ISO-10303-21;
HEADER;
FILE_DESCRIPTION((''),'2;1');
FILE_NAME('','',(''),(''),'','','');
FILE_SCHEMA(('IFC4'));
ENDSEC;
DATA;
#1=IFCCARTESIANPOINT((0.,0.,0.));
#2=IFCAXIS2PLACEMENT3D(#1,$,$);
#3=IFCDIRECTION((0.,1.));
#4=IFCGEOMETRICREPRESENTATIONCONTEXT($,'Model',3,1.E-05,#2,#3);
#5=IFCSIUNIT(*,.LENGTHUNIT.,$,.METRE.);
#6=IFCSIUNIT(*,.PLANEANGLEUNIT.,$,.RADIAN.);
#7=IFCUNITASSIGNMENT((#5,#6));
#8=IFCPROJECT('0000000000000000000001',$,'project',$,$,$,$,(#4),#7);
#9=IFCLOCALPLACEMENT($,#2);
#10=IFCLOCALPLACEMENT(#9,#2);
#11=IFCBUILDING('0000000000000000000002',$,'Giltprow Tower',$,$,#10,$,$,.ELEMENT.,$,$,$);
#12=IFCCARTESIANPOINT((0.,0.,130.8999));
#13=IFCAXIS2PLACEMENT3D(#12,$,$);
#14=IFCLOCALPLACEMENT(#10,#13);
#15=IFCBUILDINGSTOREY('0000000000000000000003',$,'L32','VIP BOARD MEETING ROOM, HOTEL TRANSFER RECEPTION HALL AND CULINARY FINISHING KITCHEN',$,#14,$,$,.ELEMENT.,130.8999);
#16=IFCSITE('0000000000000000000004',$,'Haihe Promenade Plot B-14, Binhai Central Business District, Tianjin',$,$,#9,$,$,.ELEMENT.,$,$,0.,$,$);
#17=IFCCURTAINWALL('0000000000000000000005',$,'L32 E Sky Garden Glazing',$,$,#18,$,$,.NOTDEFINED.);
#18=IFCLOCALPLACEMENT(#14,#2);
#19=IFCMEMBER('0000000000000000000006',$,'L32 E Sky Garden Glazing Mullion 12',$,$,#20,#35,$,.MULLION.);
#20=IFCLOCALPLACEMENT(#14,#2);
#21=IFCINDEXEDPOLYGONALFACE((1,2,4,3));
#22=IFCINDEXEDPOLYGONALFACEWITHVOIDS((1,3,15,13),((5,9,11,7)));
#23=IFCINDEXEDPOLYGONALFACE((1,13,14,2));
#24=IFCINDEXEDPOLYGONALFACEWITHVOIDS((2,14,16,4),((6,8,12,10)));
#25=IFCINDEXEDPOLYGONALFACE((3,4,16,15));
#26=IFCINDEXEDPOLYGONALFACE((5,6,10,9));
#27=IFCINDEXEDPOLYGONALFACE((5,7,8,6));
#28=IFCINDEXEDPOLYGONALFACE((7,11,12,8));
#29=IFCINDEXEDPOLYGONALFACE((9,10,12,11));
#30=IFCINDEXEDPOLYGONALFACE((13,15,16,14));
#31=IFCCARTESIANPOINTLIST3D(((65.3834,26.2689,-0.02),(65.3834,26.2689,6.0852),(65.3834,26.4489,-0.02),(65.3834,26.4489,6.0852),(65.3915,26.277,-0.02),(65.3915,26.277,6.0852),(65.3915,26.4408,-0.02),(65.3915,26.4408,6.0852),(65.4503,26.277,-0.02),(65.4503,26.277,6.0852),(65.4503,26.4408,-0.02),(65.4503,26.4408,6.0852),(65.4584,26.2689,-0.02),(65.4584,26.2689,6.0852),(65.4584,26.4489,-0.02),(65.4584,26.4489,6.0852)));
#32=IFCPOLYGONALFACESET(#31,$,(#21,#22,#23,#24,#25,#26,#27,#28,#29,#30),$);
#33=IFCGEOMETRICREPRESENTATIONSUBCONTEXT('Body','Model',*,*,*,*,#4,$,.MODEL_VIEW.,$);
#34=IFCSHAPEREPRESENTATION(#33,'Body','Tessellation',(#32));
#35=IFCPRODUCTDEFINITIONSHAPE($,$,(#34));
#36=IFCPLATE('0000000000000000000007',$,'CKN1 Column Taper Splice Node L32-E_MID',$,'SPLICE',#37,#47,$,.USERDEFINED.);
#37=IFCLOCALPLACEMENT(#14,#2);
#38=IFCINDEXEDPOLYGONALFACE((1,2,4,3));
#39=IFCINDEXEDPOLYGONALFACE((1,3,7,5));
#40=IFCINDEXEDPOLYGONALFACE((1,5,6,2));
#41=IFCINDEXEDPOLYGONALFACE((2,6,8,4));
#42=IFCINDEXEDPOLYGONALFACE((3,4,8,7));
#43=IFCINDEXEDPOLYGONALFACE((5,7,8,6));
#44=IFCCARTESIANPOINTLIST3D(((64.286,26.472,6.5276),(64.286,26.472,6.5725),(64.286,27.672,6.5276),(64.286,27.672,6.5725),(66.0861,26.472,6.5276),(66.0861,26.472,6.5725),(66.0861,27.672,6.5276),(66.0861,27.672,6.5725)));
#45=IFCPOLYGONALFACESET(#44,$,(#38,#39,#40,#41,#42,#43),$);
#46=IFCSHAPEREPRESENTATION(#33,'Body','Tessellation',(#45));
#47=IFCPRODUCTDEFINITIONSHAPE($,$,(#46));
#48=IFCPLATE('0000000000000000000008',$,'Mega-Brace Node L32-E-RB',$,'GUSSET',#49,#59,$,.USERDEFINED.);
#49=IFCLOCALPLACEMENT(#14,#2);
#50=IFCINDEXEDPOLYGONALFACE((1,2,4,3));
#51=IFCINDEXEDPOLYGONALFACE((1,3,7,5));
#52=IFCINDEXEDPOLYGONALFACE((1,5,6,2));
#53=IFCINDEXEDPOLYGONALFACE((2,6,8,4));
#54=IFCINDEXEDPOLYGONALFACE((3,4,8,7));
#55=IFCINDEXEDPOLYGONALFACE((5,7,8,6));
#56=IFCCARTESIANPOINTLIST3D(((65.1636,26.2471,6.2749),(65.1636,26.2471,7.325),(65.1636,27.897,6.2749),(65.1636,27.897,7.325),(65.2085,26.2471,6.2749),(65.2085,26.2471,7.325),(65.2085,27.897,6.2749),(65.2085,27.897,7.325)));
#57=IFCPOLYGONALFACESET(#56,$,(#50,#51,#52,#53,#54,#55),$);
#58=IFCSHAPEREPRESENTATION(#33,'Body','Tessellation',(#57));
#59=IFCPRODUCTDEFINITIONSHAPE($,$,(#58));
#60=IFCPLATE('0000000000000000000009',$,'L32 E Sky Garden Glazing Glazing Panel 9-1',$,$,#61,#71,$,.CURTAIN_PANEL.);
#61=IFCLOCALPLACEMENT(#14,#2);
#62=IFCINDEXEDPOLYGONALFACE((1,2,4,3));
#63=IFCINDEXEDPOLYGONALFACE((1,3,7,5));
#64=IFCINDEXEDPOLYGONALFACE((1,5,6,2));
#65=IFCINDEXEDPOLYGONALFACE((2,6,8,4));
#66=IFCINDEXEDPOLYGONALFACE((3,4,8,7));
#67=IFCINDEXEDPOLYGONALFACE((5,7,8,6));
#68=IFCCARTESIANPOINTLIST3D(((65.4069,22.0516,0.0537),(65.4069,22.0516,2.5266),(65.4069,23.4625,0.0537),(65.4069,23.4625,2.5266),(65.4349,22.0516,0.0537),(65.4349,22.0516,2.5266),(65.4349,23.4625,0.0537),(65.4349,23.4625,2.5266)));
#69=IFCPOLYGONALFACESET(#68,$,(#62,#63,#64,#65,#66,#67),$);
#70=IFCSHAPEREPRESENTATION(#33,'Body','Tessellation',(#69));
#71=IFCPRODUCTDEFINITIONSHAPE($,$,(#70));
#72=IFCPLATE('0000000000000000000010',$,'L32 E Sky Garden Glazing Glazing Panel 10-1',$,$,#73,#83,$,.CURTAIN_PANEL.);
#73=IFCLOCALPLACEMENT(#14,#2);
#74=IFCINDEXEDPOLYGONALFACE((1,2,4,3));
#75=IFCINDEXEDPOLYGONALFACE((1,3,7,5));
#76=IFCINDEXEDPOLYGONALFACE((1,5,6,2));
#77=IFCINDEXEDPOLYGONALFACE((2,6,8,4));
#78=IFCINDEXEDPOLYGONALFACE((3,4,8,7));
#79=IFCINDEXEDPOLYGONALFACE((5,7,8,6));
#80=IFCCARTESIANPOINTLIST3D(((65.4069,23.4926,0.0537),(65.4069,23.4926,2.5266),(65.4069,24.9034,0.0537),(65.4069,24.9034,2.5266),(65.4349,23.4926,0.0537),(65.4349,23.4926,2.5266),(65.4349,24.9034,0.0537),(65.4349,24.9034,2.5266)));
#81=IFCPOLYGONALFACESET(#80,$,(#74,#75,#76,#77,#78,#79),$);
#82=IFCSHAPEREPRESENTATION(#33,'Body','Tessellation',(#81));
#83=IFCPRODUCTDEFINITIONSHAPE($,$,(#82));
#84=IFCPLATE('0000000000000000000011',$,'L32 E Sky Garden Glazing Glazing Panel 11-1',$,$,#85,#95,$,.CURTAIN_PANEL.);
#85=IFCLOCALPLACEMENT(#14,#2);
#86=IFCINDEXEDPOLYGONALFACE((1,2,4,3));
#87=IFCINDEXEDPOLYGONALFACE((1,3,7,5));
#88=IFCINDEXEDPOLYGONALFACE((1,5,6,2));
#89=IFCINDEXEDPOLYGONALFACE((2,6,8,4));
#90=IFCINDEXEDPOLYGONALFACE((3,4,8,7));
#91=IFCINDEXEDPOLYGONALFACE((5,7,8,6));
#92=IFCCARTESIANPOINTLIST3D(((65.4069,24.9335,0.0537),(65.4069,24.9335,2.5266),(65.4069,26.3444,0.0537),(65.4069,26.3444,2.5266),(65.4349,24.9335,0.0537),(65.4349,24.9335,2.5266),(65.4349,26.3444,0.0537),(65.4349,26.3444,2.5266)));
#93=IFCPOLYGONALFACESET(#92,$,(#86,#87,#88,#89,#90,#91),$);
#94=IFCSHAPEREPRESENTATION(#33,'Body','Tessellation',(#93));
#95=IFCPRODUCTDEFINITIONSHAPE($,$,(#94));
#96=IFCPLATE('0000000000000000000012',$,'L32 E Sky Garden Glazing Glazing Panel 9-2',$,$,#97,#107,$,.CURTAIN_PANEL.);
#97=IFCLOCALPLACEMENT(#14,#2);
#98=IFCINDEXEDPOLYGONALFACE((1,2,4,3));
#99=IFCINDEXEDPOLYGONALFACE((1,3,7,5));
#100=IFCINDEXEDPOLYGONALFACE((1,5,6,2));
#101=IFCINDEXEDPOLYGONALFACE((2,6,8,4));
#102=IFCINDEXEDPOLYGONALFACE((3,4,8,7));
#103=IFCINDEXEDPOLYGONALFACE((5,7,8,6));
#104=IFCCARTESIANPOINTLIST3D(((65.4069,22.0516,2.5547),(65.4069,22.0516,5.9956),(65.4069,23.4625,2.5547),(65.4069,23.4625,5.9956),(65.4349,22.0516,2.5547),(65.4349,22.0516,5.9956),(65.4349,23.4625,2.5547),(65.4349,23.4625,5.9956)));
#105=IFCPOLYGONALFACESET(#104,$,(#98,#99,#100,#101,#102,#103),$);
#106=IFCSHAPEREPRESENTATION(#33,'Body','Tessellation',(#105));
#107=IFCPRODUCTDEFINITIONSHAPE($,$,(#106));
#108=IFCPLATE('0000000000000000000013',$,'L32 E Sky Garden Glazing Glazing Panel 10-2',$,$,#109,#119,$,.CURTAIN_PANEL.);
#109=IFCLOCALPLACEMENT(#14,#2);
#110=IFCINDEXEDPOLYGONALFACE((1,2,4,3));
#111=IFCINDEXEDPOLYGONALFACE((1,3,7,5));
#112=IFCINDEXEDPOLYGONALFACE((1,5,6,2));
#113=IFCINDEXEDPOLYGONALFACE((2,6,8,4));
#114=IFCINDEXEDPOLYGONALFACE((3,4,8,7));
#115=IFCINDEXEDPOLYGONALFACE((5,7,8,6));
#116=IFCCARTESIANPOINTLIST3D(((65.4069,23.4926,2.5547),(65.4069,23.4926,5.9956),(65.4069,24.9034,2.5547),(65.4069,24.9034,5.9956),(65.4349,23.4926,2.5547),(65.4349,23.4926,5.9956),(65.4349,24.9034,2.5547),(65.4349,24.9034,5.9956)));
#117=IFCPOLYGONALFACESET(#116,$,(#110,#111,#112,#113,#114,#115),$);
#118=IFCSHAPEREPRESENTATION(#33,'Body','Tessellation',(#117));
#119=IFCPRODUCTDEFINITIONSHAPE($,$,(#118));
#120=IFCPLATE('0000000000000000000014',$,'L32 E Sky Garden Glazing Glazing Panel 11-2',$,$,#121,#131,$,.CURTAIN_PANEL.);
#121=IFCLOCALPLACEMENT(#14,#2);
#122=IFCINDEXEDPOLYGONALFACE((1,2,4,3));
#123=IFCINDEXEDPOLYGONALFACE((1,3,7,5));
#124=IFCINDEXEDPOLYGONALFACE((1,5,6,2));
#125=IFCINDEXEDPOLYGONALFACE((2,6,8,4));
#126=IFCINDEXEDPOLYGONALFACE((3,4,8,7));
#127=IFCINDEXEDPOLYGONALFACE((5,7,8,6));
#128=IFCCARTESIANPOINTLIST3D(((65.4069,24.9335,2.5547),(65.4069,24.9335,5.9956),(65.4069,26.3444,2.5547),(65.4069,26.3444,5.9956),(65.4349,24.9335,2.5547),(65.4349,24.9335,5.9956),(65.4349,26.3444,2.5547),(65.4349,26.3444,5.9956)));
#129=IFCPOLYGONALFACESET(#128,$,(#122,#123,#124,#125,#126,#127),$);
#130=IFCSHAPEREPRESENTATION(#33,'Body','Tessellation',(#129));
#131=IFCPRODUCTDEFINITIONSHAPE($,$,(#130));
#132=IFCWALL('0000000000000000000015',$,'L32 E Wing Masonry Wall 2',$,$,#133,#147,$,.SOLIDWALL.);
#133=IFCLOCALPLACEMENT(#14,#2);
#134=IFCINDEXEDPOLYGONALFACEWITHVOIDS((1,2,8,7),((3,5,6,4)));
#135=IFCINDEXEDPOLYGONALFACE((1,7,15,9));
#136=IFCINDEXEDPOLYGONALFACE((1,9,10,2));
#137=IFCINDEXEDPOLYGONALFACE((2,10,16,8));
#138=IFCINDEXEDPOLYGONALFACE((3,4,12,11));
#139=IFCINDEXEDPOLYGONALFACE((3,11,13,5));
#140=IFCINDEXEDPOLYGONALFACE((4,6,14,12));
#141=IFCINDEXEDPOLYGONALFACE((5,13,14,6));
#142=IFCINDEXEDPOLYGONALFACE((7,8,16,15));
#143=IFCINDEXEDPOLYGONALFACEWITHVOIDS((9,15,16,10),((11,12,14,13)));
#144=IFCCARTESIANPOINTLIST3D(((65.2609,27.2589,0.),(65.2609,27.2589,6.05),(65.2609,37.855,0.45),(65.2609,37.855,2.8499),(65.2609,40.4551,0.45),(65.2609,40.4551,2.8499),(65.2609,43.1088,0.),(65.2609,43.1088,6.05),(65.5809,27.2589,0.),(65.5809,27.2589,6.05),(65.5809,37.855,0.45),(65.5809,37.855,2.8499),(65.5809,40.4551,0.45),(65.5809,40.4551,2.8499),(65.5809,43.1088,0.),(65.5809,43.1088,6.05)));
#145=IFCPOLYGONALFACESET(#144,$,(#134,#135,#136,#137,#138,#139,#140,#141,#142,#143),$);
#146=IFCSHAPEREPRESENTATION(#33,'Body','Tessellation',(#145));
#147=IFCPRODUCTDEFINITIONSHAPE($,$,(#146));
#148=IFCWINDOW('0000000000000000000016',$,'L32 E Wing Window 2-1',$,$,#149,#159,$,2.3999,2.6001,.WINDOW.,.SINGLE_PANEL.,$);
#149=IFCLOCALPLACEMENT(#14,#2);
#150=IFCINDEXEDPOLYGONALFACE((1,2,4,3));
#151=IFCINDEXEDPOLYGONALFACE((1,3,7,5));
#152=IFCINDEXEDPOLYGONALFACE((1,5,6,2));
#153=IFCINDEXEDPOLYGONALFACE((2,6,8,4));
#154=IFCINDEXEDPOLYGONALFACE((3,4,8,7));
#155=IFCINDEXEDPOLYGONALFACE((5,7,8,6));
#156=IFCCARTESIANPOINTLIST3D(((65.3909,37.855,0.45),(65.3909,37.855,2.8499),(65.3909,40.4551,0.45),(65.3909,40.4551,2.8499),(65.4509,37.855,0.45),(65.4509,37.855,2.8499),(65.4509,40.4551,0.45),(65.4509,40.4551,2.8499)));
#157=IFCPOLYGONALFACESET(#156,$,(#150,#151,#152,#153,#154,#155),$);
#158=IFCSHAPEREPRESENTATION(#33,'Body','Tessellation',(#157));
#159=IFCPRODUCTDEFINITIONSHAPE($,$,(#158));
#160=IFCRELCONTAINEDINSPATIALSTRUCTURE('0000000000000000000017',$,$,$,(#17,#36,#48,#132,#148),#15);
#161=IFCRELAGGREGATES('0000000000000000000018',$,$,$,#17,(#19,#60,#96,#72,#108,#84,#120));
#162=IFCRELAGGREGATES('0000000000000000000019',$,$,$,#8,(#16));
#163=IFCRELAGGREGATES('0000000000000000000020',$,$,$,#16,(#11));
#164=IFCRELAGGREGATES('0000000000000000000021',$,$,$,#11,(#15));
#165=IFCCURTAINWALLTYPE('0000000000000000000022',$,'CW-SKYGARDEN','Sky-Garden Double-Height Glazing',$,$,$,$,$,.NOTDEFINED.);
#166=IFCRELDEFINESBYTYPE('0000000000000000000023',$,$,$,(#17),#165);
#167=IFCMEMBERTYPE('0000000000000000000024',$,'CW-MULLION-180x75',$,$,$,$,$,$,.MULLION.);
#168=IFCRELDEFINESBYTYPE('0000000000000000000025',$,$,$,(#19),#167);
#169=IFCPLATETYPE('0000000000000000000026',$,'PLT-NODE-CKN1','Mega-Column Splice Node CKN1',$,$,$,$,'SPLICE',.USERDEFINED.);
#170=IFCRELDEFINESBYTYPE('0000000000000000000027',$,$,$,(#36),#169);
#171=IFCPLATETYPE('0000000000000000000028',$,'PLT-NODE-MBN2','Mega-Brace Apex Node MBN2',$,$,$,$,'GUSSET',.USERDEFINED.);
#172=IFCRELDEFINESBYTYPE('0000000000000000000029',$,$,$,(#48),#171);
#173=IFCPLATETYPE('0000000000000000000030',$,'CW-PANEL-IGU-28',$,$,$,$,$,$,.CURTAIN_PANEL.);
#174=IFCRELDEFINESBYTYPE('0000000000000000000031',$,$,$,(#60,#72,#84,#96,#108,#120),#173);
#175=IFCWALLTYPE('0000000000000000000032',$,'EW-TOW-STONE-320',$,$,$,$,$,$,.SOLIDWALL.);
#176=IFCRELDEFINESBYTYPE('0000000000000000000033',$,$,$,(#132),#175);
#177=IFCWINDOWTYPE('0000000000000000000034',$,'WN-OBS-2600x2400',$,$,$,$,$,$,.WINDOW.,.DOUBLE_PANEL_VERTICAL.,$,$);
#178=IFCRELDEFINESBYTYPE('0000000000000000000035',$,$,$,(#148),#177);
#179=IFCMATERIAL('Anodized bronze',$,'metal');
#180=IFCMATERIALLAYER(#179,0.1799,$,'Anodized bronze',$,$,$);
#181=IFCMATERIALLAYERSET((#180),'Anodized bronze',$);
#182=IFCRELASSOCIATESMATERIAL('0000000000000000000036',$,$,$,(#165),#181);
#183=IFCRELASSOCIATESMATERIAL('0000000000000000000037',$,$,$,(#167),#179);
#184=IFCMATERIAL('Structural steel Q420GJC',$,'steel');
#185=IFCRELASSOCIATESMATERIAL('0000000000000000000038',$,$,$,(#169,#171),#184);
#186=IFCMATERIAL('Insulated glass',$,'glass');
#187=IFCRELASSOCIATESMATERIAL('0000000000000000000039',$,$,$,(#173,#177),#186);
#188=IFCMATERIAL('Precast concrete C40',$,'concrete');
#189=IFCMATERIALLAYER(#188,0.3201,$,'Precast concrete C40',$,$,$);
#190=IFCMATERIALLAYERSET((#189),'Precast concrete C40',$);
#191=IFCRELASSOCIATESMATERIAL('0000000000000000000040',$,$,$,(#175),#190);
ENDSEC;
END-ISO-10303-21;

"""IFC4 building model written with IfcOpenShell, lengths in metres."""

from ifc_helpers import new_model, si_unit, direction, frame, frame_2d, origin, origin_2d, place, context, subcontext, project, spatial, rectangle, hollow_rectangle, extrude, source, transform, mapped, material, layer, layer_set, material_profile, profile_set, type_object, element, fill, aggregate, save


model = new_model("IFC4")

# Units and contexts
model_context = context("Model", 3, precision=1e-05, world=origin(), true_north=direction((0.0, 1.0)))
body_context = subcontext(model_context, "Body", "Model", "MODEL_VIEW")
ifc_project = project(units=[si_unit("LENGTHUNIT", "METRE"), si_unit("PLANEANGLEUNIT", "RADIAN")], contexts=[model_context])

# Site, building, storey
site_placement = place(None, origin())
site = spatial("IfcSite", under=ifc_project, at=site_placement, Name="Haihe Promenade Plot B-14, Binhai Central Business District, Tianjin", CompositionType="ELEMENT", RefElevation=0.0)
building_placement = place(site_placement, origin())
building = spatial("IfcBuilding", under=site, at=building_placement, Name="Giltprow Tower", CompositionType="ELEMENT")
storey_placement = place(building_placement, frame((0.0, 0.0, 130.8999)))
storey = spatial("IfcBuildingStorey", under=building, at=storey_placement, Name="L32", Description="VIP BOARD MEETING ROOM, HOTEL TRANSFER RECEPTION HALL AND CULINARY FINISHING KITCHEN", CompositionType="ELEMENT", Elevation=130.8999)

# Shared definitions
ifc_material_1 = material(Name="Structural steel Q420GJC", Category="steel")

# Curtain wall, member
ifc_material_2 = material(Name="Anodized bronze", Category="metal")
ifc_layer_1 = layer(ifc_material_2, 0.1799, Name="Anodized bronze")
ifc_layer_set_1 = layer_set([ifc_layer_1], Name="Anodized bronze")
curtain_wall_type = type_object("IfcCurtainWallType", Name="CW-SKYGARDEN", Description="Sky-Garden Double-Height Glazing", PredefinedType="NOTDEFINED", material=ifc_layer_set_1)
curtain_wall_placement = place(storey_placement, origin())
curtain_wall = element("IfcCurtainWall", 1, at=curtain_wall_placement, inside=storey, type_object=curtain_wall_type, Name="L32 E Sky Garden Glazing", PredefinedType="NOTDEFINED")
ifc_material_profile_1 = material_profile(ifc_material_2, hollow_rectangle(XDim=0.075, YDim=0.1799, WallThickness=0.0081, at=origin_2d()), Name="RHS 180x75x8")
ifc_profile_set_1 = profile_set([ifc_material_profile_1], Name="Anodized bronze")
member_type_1 = type_object("IfcMemberType", Name="CW-MULLION-180x75", PredefinedType="MULLION", material=ifc_profile_set_1)
shared_shape_1 = source(origin(), body_context, "Body", "SweptSolid", [
    extrude(hollow_rectangle(XDim=0.075, YDim=0.1799, WallThickness=0.0081, at=origin_2d()), origin(), (0.0, 0.0, 1.0), 6.1052),
])
member_1_placement = place(storey_placement, frame((65.4209, 26.3589, -0.02), z_axis=(0.0, 0.0, 1.0), x_axis=(1.0, 0.0, 0.0)))
member_1 = element("IfcMember", 2, at=member_1_placement, type_object=member_type_1, Name="L32 E Sky Garden Glazing Mullion 12", PredefinedType="MULLION", context=body_context, shape_type="MappedRepresentation", body=[
    mapped(shared_shape_1, transform((0.0, 0.0, 0.0), x_axis=(1.0, 0.0, 0.0), y_axis=(0.0, 1.0, 0.0), z_axis=(0.0, 0.0, 1.0), scale=1.0)),
])

# Plates
plate_type_1 = type_object("IfcPlateType", Name="PLT-NODE-CKN1", Description="Mega-Column Splice Node CKN1", ElementType="SPLICE", PredefinedType="USERDEFINED", material=ifc_material_1)
shared_shape_2 = source(origin(), body_context, "Body", "SweptSolid", [
    extrude(rectangle(XDim=1.8, YDim=1.2, at=origin_2d()), origin(), (0.0, 0.0, 1.0), 0.0449),
])
plate_1_placement = place(storey_placement, frame((65.186, 27.072, 6.5276), z_axis=(0.0, 0.0, 1.0), x_axis=(1.0, 0.0, 0.0)))
element("IfcPlate", 3, at=plate_1_placement, inside=storey, type_object=plate_type_1, Name="CKN1 Column Taper Splice Node L32-E_MID", ObjectType="SPLICE", PredefinedType="USERDEFINED", context=body_context, shape_type="MappedRepresentation", body=[
    mapped(shared_shape_2, transform((0.0, 0.0, 0.0), x_axis=(1.0, 0.0, 0.0), y_axis=(0.0, 1.0, 0.0), z_axis=(0.0, 0.0, 1.0), scale=1.0)),
])
plate_type_2 = type_object("IfcPlateType", Name="PLT-NODE-MBN2", Description="Mega-Brace Apex Node MBN2", ElementType="GUSSET", PredefinedType="USERDEFINED", material=ifc_material_1)
shared_shape_3 = source(origin(), body_context, "Body", "SweptSolid", [
    extrude(rectangle(XDim=1.6499, YDim=0.0449, at=origin_2d()), origin(), (0.0, 0.0, 1.0), 1.05),
])
plate_2_placement = place(storey_placement, frame((65.186, 27.072, 6.2749), z_axis=(0.0, 0.0, 1.0), x_axis=(0.0, 1.0, 0.0)))
element("IfcPlate", 4, at=plate_2_placement, inside=storey, type_object=plate_type_2, Name="Mega-Brace Node L32-E-RB", ObjectType="GUSSET", PredefinedType="USERDEFINED", context=body_context, shape_type="MappedRepresentation", body=[
    mapped(shared_shape_3, transform((0.0, 0.0, 0.0), x_axis=(1.0, 0.0, 0.0), y_axis=(0.0, 1.0, 0.0), z_axis=(0.0, 0.0, 1.0), scale=1.0)),
])

# Plates
ifc_material_3 = material(Name="Insulated glass", Category="glass")
plate_type_3 = type_object("IfcPlateType", Name="CW-PANEL-IGU-28", PredefinedType="CURTAIN_PANEL", material=ifc_material_3)
shared_shape_4 = source(origin(), body_context, "Body", "SweptSolid", [
    extrude(rectangle(XDim=1.4109, YDim=0.0281, at=origin_2d()), origin(), (0.0, 0.0, 1.0), 2.4729),
])
plate_3_placement = place(storey_placement, frame((65.4209, 22.7571, 0.0537), z_axis=(0.0, 0.0, 1.0), x_axis=(0.0, 1.0, 0.0)))
plate_3 = element("IfcPlate", 5, at=plate_3_placement, type_object=plate_type_3, Name="L32 E Sky Garden Glazing Glazing Panel 9-1", PredefinedType="CURTAIN_PANEL", context=body_context, shape_type="MappedRepresentation", body=[
    mapped(shared_shape_4, transform((0.0, 0.0, 0.0), x_axis=(1.0, 0.0, 0.0), y_axis=(0.0, 1.0, 0.0), z_axis=(0.0, 0.0, 1.0), scale=1.0)),
])
plate_4_placement = place(storey_placement, frame((65.4209, 24.198, 0.0537), z_axis=(0.0, 0.0, 1.0), x_axis=(0.0, 1.0, 0.0)))
plate_4 = element("IfcPlate", 6, at=plate_4_placement, type_object=plate_type_3, Name="L32 E Sky Garden Glazing Glazing Panel 10-1", PredefinedType="CURTAIN_PANEL", context=body_context, shape_type="MappedRepresentation", body=[
    mapped(shared_shape_4, transform((0.0, 0.0, 0.0), x_axis=(1.0, 0.0, 0.0), y_axis=(0.0, 1.0, 0.0), z_axis=(0.0, 0.0, 1.0), scale=1.0)),
])
plate_5_placement = place(storey_placement, frame((65.4209, 25.6389, 0.0537), z_axis=(0.0, 0.0, 1.0), x_axis=(0.0, 1.0, 0.0)))
plate_5 = element("IfcPlate", 7, at=plate_5_placement, type_object=plate_type_3, Name="L32 E Sky Garden Glazing Glazing Panel 11-1", PredefinedType="CURTAIN_PANEL", context=body_context, shape_type="MappedRepresentation", body=[
    mapped(shared_shape_4, transform((0.0, 0.0, 0.0), x_axis=(1.0, 0.0, 0.0), y_axis=(0.0, 1.0, 0.0), z_axis=(0.0, 0.0, 1.0), scale=1.0)),
])
shared_shape_5 = source(origin(), body_context, "Body", "SweptSolid", [
    extrude(rectangle(XDim=1.4109, YDim=0.0281, at=origin_2d()), origin(), (0.0, 0.0, 1.0), 3.4409),
])
plate_6_placement = place(storey_placement, frame((65.4209, 22.7571, 2.5547), z_axis=(0.0, 0.0, 1.0), x_axis=(0.0, 1.0, 0.0)))
plate_6 = element("IfcPlate", 8, at=plate_6_placement, type_object=plate_type_3, Name="L32 E Sky Garden Glazing Glazing Panel 9-2", PredefinedType="CURTAIN_PANEL", context=body_context, shape_type="MappedRepresentation", body=[
    mapped(shared_shape_5, transform((0.0, 0.0, 0.0), x_axis=(1.0, 0.0, 0.0), y_axis=(0.0, 1.0, 0.0), z_axis=(0.0, 0.0, 1.0), scale=1.0)),
])
plate_7_placement = place(storey_placement, frame((65.4209, 24.198, 2.5547), z_axis=(0.0, 0.0, 1.0), x_axis=(0.0, 1.0, 0.0)))
plate_7 = element("IfcPlate", 9, at=plate_7_placement, type_object=plate_type_3, Name="L32 E Sky Garden Glazing Glazing Panel 10-2", PredefinedType="CURTAIN_PANEL", context=body_context, shape_type="MappedRepresentation", body=[
    mapped(shared_shape_5, transform((0.0, 0.0, 0.0), x_axis=(1.0, 0.0, 0.0), y_axis=(0.0, 1.0, 0.0), z_axis=(0.0, 0.0, 1.0), scale=1.0)),
])
plate_8_placement = place(storey_placement, frame((65.4209, 25.6389, 2.5547), z_axis=(0.0, 0.0, 1.0), x_axis=(0.0, 1.0, 0.0)))
plate_8 = element("IfcPlate", 10, at=plate_8_placement, type_object=plate_type_3, Name="L32 E Sky Garden Glazing Glazing Panel 11-2", PredefinedType="CURTAIN_PANEL", context=body_context, shape_type="MappedRepresentation", body=[
    mapped(shared_shape_5, transform((0.0, 0.0, 0.0), x_axis=(1.0, 0.0, 0.0), y_axis=(0.0, 1.0, 0.0), z_axis=(0.0, 0.0, 1.0), scale=1.0)),
])
aggregate(curtain_wall, [member_1, plate_3, plate_6, plate_4, plate_7, plate_5, plate_8])

# Wall, opening, window
ifc_material_4 = material(Name="Precast concrete C40", Category="concrete")
ifc_layer_2 = layer(ifc_material_4, 0.3201, Name="Precast concrete C40")
ifc_layer_set_2 = layer_set([ifc_layer_2], Name="Precast concrete C40")
wall_type_1 = type_object("IfcWallType", Name="EW-TOW-STONE-320", PredefinedType="SOLIDWALL", material=ifc_layer_set_2)
wall_1_placement = place(storey_placement, frame((65.4209, 27.259, 0.0), z_axis=(0.0, 0.0, 1.0), x_axis=(0.0, 1.0, 0.0)))
wall_1 = element("IfcWall", 11, at=wall_1_placement, inside=storey, type_object=wall_type_1, Name="L32 E Wing Masonry Wall 2", PredefinedType="SOLIDWALL", context=body_context, shape_type="SweptSolid", body=[
    extrude(rectangle(XDim=15.8499, YDim=0.3201, at=frame_2d((7.9248, 0.0))), origin(), (0.0, 0.0, 1.0), 6.05),
])
opening_1_placement = place(wall_1_placement, frame((10.5959, 0.0, 0.45)))
opening_1 = element("IfcOpeningElement", 12, at=opening_1_placement, cuts=wall_1, PredefinedType="OPENING", context=body_context, shape_type="SweptSolid", body=[
    extrude(rectangle(XDim=2.6001, YDim=2.3999, at=frame_2d((1.3, 1.2))), frame((0.0, 0.1699, 0.0), z_axis=(0.0, -1.0, 0.0), x_axis=(1.0, 0.0, 0.0)), (0.0, 0.0, 1.0), 0.3401),
])
window_type = type_object("IfcWindowType", Name="WN-OBS-2600x2400", PartitioningType="DOUBLE_PANEL_VERTICAL", PredefinedType="WINDOW", material=ifc_material_3)
shared_shape_6 = source(origin(), body_context, "Body", "SweptSolid", [
    extrude(rectangle(XDim=2.6001, YDim=2.3999, at=frame_2d((1.3, 1.2))), frame((0.0, 0.03, 0.0), z_axis=(0.0, -1.0, 0.0), x_axis=(1.0, 0.0, 0.0)), (0.0, 0.0, 1.0), 0.0601),
])
window_placement = place(opening_1_placement, origin())
window = element("IfcWindow", 13, at=window_placement, inside=storey, type_object=window_type, Name="L32 E Wing Window 2-1", OverallHeight=2.3999, OverallWidth=2.6001, PartitioningType="SINGLE_PANEL", PredefinedType="WINDOW", context=body_context, shape_type="MappedRepresentation", body=[
    mapped(shared_shape_6, transform((0.0, 0.0, 0.0), x_axis=(1.0, 0.0, 0.0), y_axis=(0.0, 1.0, 0.0), z_axis=(0.0, 0.0, 1.0), scale=1.0)),
])
fill(opening_1, window)

save(model, "model.ifc")
